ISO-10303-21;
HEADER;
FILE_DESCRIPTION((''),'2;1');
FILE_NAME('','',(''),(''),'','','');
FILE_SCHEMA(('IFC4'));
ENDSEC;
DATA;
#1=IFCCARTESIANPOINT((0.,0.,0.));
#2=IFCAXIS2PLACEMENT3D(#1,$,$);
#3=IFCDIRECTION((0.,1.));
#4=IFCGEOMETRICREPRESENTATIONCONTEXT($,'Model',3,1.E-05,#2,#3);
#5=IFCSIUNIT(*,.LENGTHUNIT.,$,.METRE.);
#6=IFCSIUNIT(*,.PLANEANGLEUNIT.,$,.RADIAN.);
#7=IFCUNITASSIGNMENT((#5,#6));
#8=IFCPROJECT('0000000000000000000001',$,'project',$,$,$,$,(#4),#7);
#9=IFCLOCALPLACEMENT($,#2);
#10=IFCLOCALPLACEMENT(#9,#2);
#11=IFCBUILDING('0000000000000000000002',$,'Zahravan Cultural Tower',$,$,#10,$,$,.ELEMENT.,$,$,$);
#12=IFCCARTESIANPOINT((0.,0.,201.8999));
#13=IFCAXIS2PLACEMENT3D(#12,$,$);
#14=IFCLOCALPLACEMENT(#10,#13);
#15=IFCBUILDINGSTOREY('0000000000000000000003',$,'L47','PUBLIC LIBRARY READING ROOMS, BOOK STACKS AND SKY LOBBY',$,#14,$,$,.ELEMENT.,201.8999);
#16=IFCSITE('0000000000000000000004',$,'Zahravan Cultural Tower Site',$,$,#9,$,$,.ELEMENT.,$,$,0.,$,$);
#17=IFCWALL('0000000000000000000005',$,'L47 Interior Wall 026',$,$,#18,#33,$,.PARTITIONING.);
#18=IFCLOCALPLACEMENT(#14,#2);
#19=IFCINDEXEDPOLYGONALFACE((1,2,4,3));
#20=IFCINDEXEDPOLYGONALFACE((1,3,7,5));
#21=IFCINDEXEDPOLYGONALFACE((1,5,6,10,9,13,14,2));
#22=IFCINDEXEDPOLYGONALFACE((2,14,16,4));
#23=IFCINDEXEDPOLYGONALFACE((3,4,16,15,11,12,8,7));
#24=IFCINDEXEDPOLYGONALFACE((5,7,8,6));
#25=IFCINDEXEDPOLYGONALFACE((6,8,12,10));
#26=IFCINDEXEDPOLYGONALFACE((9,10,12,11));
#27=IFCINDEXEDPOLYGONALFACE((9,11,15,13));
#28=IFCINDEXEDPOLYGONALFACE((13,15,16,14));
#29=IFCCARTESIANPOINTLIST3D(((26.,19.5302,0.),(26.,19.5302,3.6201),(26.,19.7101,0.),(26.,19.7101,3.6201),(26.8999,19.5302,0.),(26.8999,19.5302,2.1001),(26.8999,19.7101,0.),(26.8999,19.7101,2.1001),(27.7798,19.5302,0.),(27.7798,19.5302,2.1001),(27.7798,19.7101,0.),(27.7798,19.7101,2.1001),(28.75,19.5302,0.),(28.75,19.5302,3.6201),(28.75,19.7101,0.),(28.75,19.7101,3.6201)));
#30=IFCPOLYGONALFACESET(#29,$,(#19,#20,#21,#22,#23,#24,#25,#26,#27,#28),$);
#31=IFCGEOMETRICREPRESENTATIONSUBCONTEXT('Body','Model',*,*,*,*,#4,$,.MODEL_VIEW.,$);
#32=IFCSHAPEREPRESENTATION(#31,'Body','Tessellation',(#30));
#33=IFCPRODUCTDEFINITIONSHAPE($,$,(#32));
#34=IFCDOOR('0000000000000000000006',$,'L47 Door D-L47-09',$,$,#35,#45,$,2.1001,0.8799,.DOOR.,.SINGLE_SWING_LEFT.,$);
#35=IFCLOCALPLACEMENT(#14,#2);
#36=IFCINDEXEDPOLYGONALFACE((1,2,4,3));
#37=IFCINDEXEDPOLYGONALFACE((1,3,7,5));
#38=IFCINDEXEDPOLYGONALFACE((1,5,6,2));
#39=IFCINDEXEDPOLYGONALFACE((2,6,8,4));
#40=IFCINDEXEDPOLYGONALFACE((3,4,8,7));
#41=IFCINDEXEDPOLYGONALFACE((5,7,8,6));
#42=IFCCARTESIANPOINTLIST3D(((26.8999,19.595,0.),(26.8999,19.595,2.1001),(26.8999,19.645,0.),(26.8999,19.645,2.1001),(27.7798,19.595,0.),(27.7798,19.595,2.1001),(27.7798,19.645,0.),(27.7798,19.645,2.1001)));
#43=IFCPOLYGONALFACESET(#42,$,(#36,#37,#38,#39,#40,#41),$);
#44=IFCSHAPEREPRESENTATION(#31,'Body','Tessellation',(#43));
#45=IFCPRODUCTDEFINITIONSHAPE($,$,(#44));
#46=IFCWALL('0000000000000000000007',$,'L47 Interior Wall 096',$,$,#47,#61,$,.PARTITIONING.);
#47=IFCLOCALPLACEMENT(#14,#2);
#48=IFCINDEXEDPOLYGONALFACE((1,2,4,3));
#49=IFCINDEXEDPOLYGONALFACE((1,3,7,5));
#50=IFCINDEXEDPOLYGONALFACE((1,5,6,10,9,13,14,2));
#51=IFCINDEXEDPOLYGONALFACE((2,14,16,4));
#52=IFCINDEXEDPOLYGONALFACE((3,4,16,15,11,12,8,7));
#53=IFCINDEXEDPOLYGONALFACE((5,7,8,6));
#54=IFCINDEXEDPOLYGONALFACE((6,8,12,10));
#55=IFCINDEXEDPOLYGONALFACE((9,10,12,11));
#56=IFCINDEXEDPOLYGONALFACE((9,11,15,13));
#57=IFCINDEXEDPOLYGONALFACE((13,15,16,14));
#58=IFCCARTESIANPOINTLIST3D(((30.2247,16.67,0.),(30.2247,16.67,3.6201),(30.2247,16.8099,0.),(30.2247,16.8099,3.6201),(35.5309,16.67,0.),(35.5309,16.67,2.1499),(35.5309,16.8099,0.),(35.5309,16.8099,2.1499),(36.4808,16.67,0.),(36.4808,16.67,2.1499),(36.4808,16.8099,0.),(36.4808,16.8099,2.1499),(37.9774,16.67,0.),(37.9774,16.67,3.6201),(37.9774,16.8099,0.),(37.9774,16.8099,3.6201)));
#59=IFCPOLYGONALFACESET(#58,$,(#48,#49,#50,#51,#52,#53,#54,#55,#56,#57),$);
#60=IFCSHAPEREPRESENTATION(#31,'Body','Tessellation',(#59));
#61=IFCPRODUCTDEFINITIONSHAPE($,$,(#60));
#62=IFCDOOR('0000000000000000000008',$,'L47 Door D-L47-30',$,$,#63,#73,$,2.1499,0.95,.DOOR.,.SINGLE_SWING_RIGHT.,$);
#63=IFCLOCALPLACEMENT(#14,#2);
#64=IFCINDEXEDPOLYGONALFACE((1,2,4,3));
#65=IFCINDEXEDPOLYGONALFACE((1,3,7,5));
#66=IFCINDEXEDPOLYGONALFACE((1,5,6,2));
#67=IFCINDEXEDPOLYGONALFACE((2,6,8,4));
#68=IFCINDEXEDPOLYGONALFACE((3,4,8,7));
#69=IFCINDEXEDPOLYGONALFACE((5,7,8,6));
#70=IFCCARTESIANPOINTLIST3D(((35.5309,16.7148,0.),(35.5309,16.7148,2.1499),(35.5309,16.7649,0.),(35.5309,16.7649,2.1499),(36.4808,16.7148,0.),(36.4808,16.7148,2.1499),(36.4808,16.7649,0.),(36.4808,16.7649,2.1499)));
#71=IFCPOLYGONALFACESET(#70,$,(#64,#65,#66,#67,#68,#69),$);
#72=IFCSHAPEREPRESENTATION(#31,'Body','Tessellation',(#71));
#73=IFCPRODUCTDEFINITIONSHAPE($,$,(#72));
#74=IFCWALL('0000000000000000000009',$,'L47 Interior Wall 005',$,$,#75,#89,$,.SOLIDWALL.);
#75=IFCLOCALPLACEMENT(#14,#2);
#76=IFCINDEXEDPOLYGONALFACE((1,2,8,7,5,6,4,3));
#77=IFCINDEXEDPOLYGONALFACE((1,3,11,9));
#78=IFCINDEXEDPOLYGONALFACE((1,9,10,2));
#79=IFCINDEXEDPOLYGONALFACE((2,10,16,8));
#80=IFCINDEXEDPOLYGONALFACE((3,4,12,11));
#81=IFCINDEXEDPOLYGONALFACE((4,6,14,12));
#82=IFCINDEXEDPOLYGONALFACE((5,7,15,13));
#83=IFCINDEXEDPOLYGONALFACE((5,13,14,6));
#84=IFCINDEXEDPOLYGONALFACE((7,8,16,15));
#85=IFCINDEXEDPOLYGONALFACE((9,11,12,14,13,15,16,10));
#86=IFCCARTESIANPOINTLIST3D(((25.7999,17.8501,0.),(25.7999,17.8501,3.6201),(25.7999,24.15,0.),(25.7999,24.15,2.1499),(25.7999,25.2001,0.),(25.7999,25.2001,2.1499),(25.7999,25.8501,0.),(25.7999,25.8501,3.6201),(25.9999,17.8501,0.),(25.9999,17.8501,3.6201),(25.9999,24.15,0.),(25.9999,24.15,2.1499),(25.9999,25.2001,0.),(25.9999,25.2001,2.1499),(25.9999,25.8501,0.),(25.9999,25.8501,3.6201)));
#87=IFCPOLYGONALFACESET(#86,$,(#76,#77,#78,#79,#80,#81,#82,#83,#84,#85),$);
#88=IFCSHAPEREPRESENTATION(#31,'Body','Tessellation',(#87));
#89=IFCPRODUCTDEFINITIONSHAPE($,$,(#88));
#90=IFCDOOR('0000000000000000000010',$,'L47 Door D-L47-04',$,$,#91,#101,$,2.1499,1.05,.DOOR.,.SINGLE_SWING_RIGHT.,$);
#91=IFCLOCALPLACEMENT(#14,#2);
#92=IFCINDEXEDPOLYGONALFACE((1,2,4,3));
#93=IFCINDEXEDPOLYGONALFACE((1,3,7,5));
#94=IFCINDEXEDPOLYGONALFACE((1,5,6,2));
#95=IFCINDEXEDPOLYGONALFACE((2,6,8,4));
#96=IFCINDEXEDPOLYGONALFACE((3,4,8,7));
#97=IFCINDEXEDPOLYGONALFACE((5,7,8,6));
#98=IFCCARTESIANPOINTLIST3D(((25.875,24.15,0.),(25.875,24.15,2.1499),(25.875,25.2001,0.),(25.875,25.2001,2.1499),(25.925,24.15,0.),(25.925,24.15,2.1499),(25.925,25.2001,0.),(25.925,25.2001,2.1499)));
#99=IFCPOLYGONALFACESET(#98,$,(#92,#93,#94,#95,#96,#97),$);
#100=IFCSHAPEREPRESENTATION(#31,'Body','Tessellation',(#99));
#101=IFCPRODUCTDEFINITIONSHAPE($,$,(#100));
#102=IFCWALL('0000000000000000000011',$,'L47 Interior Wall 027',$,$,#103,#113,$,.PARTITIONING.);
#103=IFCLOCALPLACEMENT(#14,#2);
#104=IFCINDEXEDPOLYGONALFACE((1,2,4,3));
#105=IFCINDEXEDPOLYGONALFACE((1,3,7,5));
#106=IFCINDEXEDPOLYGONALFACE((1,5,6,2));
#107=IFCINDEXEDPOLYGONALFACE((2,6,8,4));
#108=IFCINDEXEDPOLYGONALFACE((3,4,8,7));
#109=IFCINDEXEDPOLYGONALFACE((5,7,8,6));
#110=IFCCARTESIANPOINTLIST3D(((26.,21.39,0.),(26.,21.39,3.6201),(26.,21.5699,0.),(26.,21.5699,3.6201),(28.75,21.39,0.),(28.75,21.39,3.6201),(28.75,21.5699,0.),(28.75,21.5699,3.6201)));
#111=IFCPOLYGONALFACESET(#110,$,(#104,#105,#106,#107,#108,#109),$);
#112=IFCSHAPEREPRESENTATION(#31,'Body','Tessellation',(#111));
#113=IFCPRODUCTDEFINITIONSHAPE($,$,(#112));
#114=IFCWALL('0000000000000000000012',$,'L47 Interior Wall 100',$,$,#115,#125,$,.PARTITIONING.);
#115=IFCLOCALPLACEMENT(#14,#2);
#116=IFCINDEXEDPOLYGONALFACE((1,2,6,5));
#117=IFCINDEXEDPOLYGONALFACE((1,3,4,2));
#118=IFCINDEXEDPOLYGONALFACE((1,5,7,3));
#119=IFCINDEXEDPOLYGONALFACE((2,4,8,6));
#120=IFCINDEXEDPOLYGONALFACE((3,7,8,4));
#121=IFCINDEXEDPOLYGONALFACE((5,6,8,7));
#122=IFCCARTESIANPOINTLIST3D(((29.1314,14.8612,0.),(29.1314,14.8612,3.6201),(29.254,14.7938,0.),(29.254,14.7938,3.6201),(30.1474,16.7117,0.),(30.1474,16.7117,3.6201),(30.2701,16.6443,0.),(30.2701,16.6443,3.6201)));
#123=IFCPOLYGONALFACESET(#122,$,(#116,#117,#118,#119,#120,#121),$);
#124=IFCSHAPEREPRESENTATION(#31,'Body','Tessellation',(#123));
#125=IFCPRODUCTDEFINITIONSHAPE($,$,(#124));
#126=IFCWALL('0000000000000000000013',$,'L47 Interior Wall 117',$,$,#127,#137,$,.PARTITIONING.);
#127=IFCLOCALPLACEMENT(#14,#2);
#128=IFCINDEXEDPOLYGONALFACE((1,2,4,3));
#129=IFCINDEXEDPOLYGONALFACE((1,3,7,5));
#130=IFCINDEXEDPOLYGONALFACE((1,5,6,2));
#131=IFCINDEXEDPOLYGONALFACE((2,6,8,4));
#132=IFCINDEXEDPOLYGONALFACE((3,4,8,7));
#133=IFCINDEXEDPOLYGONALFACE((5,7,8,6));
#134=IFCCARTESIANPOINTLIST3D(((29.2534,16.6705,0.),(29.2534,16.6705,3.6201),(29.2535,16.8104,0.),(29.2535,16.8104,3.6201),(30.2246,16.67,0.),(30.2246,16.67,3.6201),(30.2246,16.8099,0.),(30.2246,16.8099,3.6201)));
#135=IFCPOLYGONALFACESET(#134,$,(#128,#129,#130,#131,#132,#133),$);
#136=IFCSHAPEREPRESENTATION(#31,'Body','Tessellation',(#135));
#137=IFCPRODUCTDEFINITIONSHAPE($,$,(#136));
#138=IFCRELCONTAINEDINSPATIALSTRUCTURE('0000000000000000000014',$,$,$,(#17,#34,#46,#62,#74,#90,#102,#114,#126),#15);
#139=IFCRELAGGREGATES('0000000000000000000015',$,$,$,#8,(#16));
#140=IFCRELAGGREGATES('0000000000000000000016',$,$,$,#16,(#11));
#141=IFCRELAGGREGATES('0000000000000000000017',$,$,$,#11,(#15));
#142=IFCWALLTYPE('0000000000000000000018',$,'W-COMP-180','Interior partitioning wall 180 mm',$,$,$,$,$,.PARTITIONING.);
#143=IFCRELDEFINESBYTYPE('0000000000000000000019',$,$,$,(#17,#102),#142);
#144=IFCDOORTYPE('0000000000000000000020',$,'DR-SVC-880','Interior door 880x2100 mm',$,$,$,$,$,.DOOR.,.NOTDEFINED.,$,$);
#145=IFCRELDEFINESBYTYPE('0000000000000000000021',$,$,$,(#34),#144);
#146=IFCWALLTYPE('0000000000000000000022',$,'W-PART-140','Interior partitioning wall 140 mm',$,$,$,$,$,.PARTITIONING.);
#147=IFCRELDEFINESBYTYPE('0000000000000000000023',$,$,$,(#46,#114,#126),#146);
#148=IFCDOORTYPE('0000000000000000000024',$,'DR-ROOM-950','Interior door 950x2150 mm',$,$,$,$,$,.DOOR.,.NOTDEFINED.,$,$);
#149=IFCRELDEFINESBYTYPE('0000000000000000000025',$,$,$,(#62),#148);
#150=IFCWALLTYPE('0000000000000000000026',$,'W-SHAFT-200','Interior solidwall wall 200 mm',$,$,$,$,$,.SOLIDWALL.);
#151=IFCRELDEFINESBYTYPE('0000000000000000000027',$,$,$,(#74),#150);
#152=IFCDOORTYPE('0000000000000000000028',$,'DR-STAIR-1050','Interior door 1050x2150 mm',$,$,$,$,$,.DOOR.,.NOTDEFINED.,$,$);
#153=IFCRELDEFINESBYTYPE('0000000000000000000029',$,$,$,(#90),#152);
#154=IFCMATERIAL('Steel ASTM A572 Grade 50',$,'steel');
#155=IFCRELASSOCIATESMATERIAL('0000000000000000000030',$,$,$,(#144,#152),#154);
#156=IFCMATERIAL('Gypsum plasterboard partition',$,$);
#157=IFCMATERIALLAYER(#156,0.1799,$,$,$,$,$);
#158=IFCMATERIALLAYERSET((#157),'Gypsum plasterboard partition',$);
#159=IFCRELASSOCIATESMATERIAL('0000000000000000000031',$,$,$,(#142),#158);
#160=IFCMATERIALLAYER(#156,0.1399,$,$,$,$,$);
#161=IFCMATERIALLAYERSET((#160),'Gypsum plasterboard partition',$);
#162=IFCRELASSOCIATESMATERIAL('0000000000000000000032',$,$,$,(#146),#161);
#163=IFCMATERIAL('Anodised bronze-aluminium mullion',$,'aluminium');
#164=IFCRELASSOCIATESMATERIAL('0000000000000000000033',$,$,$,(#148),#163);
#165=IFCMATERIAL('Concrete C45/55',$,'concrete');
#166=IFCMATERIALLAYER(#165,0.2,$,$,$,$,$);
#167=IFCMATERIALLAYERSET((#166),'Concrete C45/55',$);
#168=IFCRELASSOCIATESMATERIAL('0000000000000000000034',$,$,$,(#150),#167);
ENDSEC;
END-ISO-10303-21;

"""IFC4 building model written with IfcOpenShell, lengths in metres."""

from ifc_helpers import new_model, si_unit, direction, frame, frame_2d, origin, place, context, subcontext, project, spatial, rectangle, extrude, source, transform, mapped, material, layer, layer_set, type_object, element, fill, save


model = new_model("IFC4")

# Units and contexts
model_context = context("Model", 3, precision=1e-05, world=origin(), true_north=direction((0.0, 1.0)))
body_context = subcontext(model_context, "Body", "Model", "MODEL_VIEW")
ifc_project = project(units=[si_unit("LENGTHUNIT", "METRE"), si_unit("PLANEANGLEUNIT", "RADIAN")], contexts=[model_context])

# Site, building, storey
site_placement = place(None, origin())
site = spatial("IfcSite", under=ifc_project, at=site_placement, Name="Zahravan Cultural Tower Site", CompositionType="ELEMENT", RefElevation=0.0)
building_placement = place(site_placement, origin())
building = spatial("IfcBuilding", under=site, at=building_placement, Name="Zahravan Cultural Tower", CompositionType="ELEMENT")
storey_placement = place(building_placement, frame((0.0, 0.0, 201.8999)))
storey = spatial("IfcBuildingStorey", under=building, at=storey_placement, Name="L47", Description="PUBLIC LIBRARY READING ROOMS, BOOK STACKS AND SKY LOBBY", CompositionType="ELEMENT", Elevation=201.8999)

# Shared definitions
ifc_material_1 = material(Name="Steel ASTM A572 Grade 50", Category="steel")
door_type_1 = type_object("IfcDoorType", Name="DR-SVC-880", Description="Interior door 880x2100 mm", OperationType="NOTDEFINED", PredefinedType="DOOR", material=ifc_material_1)
shared_shape_1 = source(origin(), body_context, "Body", "SweptSolid", [
    extrude(rectangle(XDim=0.8799, YDim=2.1001, at=frame_2d((0.4399, 1.05))), frame((0.0, 0.0249, 0.0), z_axis=(0.0, -1.0, 0.0), x_axis=(1.0, 0.0, 0.0)), (0.0, 0.0, 1.0), 0.05),
])

# Walls, openings, doors
ifc_material_2 = material(Name="Gypsum plasterboard partition")
ifc_layer_1 = layer(ifc_material_2, 0.1799)
ifc_layer_set_1 = layer_set([ifc_layer_1], Name="Gypsum plasterboard partition")
wall_type_1 = type_object("IfcWallType", Name="W-COMP-180", Description="Interior partitioning wall 180 mm", PredefinedType="PARTITIONING", material=ifc_layer_set_1)
wall_1_placement = place(storey_placement, frame((26.0, 19.6201, 0.0), z_axis=(0.0, 0.0, 1.0), x_axis=(1.0, 0.0, 0.0)))
wall_1 = element("IfcWall", 1, at=wall_1_placement, inside=storey, type_object=wall_type_1, Name="L47 Interior Wall 026", PredefinedType="PARTITIONING", context=body_context, shape_type="SweptSolid", body=[
    extrude(rectangle(XDim=2.75, YDim=0.1799, at=frame_2d((1.375, 0.0))), origin(), (0.0, 0.0, 1.0), 3.6201),
])
opening_1_placement = place(wall_1_placement, frame((0.8999, 0.0, 0.0)))
opening_1 = element("IfcOpeningElement", 2, at=opening_1_placement, cuts=wall_1, PredefinedType="OPENING", context=body_context, shape_type="SweptSolid", body=[
    extrude(rectangle(XDim=0.8799, YDim=2.1001, at=frame_2d((0.4399, 1.05))), frame((0.0, 0.0999, 0.0), z_axis=(0.0, -1.0, 0.0), x_axis=(1.0, 0.0, 0.0)), (0.0, 0.0, 1.0), 0.2),
])
door_1_placement = place(opening_1_placement, origin())
door_1 = element("IfcDoor", 3, at=door_1_placement, inside=storey, type_object=door_type_1, Name="L47 Door D-L47-09", OperationType="SINGLE_SWING_LEFT", OverallHeight=2.1001, OverallWidth=0.8799, PredefinedType="DOOR", context=body_context, shape_type="MappedRepresentation", body=[
    mapped(shared_shape_1, transform((0.0, 0.0, 0.0), x_axis=(1.0, 0.0, 0.0), y_axis=(0.0, 1.0, 0.0), z_axis=(0.0, 0.0, 1.0), scale=1.0)),
])
fill(opening_1, door_1)
ifc_layer_2 = layer(ifc_material_2, 0.1399)
ifc_layer_set_2 = layer_set([ifc_layer_2], Name="Gypsum plasterboard partition")
wall_type_2 = type_object("IfcWallType", Name="W-PART-140", Description="Interior partitioning wall 140 mm", PredefinedType="PARTITIONING", material=ifc_layer_set_2)
wall_2_placement = place(storey_placement, frame((30.2246, 16.74, 0.0), z_axis=(0.0, 0.0, 1.0), x_axis=(1.0, 0.0, 0.0)))
wall_2 = element("IfcWall", 4, at=wall_2_placement, inside=storey, type_object=wall_type_2, Name="L47 Interior Wall 096", PredefinedType="PARTITIONING", context=body_context, shape_type="SweptSolid", body=[
    extrude(rectangle(XDim=7.7527, YDim=0.1399, at=frame_2d((3.8765, 0.0))), origin(), (0.0, 0.0, 1.0), 3.6201),
])
opening_2_placement = place(wall_2_placement, frame((5.3062, 0.0, 0.0)))
opening_2 = element("IfcOpeningElement", 5, at=opening_2_placement, cuts=wall_2, PredefinedType="OPENING", context=body_context, shape_type="SweptSolid", body=[
    extrude(rectangle(XDim=0.95, YDim=2.1499, at=frame_2d((0.4751, 1.075))), frame((0.0, 0.0798, 0.0), z_axis=(0.0, -1.0, 0.0), x_axis=(1.0, 0.0, 0.0)), (0.0, 0.0, 1.0), 0.1599),
])
ifc_material_3 = material(Name="Anodised bronze-aluminium mullion", Category="aluminium")
door_type_2 = type_object("IfcDoorType", Name="DR-ROOM-950", Description="Interior door 950x2150 mm", OperationType="NOTDEFINED", PredefinedType="DOOR", material=ifc_material_3)
shared_shape_2 = source(origin(), body_context, "Body", "SweptSolid", [
    extrude(rectangle(XDim=0.95, YDim=2.1499, at=frame_2d((0.4751, 1.075))), frame((0.0, 0.0249, 0.0), z_axis=(0.0, -1.0, 0.0), x_axis=(1.0, 0.0, 0.0)), (0.0, 0.0, 1.0), 0.05),
])
door_2_placement = place(opening_2_placement, origin())
door_2 = element("IfcDoor", 6, at=door_2_placement, inside=storey, type_object=door_type_2, Name="L47 Door D-L47-30", OperationType="SINGLE_SWING_RIGHT", OverallHeight=2.1499, OverallWidth=0.95, PredefinedType="DOOR", context=body_context, shape_type="MappedRepresentation", body=[
    mapped(shared_shape_2, transform((0.0, 0.0, 0.0), x_axis=(1.0, 0.0, 0.0), y_axis=(0.0, 1.0, 0.0), z_axis=(0.0, 0.0, 1.0), scale=1.0)),
])
fill(opening_2, door_2)
ifc_material_4 = material(Name="Concrete C45/55", Category="concrete")
ifc_layer_3 = layer(ifc_material_4, 0.2)
ifc_layer_set_3 = layer_set([ifc_layer_3], Name="Concrete C45/55")
wall_type_3 = type_object("IfcWallType", Name="W-SHAFT-200", Description="Interior solidwall wall 200 mm", PredefinedType="SOLIDWALL", material=ifc_layer_set_3)
wall_3_placement = place(storey_placement, frame((25.8999, 17.8501, 0.0), z_axis=(0.0, 0.0, 1.0), x_axis=(0.0, 1.0, 0.0)))
wall_3 = element("IfcWall", 7, at=wall_3_placement, inside=storey, type_object=wall_type_3, Name="L47 Interior Wall 005", PredefinedType="SOLIDWALL", context=body_context, shape_type="SweptSolid", body=[
    extrude(rectangle(XDim=8.0, YDim=0.2, at=frame_2d((4.0, 0.0))), origin(), (0.0, 0.0, 1.0), 3.6201),
])
opening_3_placement = place(wall_3_placement, frame((6.3, 0.0, 0.0)))
opening_3 = element("IfcOpeningElement", 8, at=opening_3_placement, cuts=wall_3, PredefinedType="OPENING", context=body_context, shape_type="SweptSolid", body=[
    extrude(rectangle(XDim=1.05, YDim=2.1499, at=frame_2d((0.5249, 1.075))), frame((0.0, 0.1099, 0.0), z_axis=(0.0, -1.0, 0.0), x_axis=(1.0, 0.0, 0.0)), (0.0, 0.0, 1.0), 0.22),
])
door_type_3 = type_object("IfcDoorType", Name="DR-STAIR-1050", Description="Interior door 1050x2150 mm", OperationType="NOTDEFINED", PredefinedType="DOOR", material=ifc_material_1)
shared_shape_3 = source(origin(), body_context, "Body", "SweptSolid", [
    extrude(rectangle(XDim=1.05, YDim=2.1499, at=frame_2d((0.5249, 1.075))), frame((0.0, 0.0249, 0.0), z_axis=(0.0, -1.0, 0.0), x_axis=(1.0, 0.0, 0.0)), (0.0, 0.0, 1.0), 0.05),
])
door_3_placement = place(opening_3_placement, origin())
door_3 = element("IfcDoor", 9, at=door_3_placement, inside=storey, type_object=door_type_3, Name="L47 Door D-L47-04", OperationType="SINGLE_SWING_RIGHT", OverallHeight=2.1499, OverallWidth=1.05, PredefinedType="DOOR", context=body_context, shape_type="MappedRepresentation", body=[
    mapped(shared_shape_3, transform((0.0, 0.0, 0.0), x_axis=(1.0, 0.0, 0.0), y_axis=(0.0, 1.0, 0.0), z_axis=(0.0, 0.0, 1.0), scale=1.0)),
])
fill(opening_3, door_3)

# Walls
shared_shape_4 = source(origin(), body_context, "Body", "SweptSolid", [
    extrude(rectangle(XDim=2.75, YDim=0.1799, at=frame_2d((1.375, 0.0))), origin(), (0.0, 0.0, 1.0), 3.6201),
])
wall_4_placement = place(storey_placement, frame((26.0, 21.48, 0.0), z_axis=(0.0, 0.0, 1.0), x_axis=(1.0, 0.0, 0.0)))
element("IfcWall", 10, at=wall_4_placement, inside=storey, type_object=wall_type_1, Name="L47 Interior Wall 027", PredefinedType="PARTITIONING", context=body_context, shape_type="MappedRepresentation", body=[
    mapped(shared_shape_4, transform((0.0, 0.0, 0.0), x_axis=(1.0, 0.0, 0.0), y_axis=(0.0, 1.0, 0.0), z_axis=(0.0, 0.0, 1.0), scale=1.0)),
])
shared_shape_5 = source(origin(), body_context, "Body", "SweptSolid", [
    extrude(rectangle(XDim=2.1111, YDim=0.1399, at=frame_2d((1.0557, 0.0))), origin(), (0.0, 0.0, 1.0), 3.6201),
])
wall_5_placement = place(storey_placement, frame((29.1926, 14.8274, 0.0), z_axis=(0.0, 0.0, 1.0), x_axis=(0.481297, 0.876558, 0.0)))
element("IfcWall", 11, at=wall_5_placement, inside=storey, type_object=wall_type_2, Name="L47 Interior Wall 100", PredefinedType="PARTITIONING", context=body_context, shape_type="MappedRepresentation", body=[
    mapped(shared_shape_5, transform((0.0, 0.0, 0.0), x_axis=(1.0, 0.0, 0.0), y_axis=(0.0, 1.0, 0.0), z_axis=(0.0, 0.0, 1.0), scale=1.0)),
])
shared_shape_6 = source(origin(), body_context, "Body", "SweptSolid", [
    extrude(rectangle(XDim=0.9712, YDim=0.1399, at=frame_2d((0.4856, 0.0))), origin(), (0.0, 0.0, 1.0), 3.6201),
])
wall_6_placement = place(storey_placement, frame((29.2534, 16.7405, 0.0), z_axis=(0.0, 0.0, 1.0), x_axis=(1.0, -0.000503, 0.0)))
element("IfcWall", 12, at=wall_6_placement, inside=storey, type_object=wall_type_2, Name="L47 Interior Wall 117", PredefinedType="PARTITIONING", context=body_context, shape_type="MappedRepresentation", body=[
    mapped(shared_shape_6, transform((0.0, 0.0, 0.0), x_axis=(1.0, 0.0, 0.0), y_axis=(0.0, 1.0, 0.0), z_axis=(0.0, 0.0, 1.0), scale=1.0)),
])

save(model, "model.ifc")
